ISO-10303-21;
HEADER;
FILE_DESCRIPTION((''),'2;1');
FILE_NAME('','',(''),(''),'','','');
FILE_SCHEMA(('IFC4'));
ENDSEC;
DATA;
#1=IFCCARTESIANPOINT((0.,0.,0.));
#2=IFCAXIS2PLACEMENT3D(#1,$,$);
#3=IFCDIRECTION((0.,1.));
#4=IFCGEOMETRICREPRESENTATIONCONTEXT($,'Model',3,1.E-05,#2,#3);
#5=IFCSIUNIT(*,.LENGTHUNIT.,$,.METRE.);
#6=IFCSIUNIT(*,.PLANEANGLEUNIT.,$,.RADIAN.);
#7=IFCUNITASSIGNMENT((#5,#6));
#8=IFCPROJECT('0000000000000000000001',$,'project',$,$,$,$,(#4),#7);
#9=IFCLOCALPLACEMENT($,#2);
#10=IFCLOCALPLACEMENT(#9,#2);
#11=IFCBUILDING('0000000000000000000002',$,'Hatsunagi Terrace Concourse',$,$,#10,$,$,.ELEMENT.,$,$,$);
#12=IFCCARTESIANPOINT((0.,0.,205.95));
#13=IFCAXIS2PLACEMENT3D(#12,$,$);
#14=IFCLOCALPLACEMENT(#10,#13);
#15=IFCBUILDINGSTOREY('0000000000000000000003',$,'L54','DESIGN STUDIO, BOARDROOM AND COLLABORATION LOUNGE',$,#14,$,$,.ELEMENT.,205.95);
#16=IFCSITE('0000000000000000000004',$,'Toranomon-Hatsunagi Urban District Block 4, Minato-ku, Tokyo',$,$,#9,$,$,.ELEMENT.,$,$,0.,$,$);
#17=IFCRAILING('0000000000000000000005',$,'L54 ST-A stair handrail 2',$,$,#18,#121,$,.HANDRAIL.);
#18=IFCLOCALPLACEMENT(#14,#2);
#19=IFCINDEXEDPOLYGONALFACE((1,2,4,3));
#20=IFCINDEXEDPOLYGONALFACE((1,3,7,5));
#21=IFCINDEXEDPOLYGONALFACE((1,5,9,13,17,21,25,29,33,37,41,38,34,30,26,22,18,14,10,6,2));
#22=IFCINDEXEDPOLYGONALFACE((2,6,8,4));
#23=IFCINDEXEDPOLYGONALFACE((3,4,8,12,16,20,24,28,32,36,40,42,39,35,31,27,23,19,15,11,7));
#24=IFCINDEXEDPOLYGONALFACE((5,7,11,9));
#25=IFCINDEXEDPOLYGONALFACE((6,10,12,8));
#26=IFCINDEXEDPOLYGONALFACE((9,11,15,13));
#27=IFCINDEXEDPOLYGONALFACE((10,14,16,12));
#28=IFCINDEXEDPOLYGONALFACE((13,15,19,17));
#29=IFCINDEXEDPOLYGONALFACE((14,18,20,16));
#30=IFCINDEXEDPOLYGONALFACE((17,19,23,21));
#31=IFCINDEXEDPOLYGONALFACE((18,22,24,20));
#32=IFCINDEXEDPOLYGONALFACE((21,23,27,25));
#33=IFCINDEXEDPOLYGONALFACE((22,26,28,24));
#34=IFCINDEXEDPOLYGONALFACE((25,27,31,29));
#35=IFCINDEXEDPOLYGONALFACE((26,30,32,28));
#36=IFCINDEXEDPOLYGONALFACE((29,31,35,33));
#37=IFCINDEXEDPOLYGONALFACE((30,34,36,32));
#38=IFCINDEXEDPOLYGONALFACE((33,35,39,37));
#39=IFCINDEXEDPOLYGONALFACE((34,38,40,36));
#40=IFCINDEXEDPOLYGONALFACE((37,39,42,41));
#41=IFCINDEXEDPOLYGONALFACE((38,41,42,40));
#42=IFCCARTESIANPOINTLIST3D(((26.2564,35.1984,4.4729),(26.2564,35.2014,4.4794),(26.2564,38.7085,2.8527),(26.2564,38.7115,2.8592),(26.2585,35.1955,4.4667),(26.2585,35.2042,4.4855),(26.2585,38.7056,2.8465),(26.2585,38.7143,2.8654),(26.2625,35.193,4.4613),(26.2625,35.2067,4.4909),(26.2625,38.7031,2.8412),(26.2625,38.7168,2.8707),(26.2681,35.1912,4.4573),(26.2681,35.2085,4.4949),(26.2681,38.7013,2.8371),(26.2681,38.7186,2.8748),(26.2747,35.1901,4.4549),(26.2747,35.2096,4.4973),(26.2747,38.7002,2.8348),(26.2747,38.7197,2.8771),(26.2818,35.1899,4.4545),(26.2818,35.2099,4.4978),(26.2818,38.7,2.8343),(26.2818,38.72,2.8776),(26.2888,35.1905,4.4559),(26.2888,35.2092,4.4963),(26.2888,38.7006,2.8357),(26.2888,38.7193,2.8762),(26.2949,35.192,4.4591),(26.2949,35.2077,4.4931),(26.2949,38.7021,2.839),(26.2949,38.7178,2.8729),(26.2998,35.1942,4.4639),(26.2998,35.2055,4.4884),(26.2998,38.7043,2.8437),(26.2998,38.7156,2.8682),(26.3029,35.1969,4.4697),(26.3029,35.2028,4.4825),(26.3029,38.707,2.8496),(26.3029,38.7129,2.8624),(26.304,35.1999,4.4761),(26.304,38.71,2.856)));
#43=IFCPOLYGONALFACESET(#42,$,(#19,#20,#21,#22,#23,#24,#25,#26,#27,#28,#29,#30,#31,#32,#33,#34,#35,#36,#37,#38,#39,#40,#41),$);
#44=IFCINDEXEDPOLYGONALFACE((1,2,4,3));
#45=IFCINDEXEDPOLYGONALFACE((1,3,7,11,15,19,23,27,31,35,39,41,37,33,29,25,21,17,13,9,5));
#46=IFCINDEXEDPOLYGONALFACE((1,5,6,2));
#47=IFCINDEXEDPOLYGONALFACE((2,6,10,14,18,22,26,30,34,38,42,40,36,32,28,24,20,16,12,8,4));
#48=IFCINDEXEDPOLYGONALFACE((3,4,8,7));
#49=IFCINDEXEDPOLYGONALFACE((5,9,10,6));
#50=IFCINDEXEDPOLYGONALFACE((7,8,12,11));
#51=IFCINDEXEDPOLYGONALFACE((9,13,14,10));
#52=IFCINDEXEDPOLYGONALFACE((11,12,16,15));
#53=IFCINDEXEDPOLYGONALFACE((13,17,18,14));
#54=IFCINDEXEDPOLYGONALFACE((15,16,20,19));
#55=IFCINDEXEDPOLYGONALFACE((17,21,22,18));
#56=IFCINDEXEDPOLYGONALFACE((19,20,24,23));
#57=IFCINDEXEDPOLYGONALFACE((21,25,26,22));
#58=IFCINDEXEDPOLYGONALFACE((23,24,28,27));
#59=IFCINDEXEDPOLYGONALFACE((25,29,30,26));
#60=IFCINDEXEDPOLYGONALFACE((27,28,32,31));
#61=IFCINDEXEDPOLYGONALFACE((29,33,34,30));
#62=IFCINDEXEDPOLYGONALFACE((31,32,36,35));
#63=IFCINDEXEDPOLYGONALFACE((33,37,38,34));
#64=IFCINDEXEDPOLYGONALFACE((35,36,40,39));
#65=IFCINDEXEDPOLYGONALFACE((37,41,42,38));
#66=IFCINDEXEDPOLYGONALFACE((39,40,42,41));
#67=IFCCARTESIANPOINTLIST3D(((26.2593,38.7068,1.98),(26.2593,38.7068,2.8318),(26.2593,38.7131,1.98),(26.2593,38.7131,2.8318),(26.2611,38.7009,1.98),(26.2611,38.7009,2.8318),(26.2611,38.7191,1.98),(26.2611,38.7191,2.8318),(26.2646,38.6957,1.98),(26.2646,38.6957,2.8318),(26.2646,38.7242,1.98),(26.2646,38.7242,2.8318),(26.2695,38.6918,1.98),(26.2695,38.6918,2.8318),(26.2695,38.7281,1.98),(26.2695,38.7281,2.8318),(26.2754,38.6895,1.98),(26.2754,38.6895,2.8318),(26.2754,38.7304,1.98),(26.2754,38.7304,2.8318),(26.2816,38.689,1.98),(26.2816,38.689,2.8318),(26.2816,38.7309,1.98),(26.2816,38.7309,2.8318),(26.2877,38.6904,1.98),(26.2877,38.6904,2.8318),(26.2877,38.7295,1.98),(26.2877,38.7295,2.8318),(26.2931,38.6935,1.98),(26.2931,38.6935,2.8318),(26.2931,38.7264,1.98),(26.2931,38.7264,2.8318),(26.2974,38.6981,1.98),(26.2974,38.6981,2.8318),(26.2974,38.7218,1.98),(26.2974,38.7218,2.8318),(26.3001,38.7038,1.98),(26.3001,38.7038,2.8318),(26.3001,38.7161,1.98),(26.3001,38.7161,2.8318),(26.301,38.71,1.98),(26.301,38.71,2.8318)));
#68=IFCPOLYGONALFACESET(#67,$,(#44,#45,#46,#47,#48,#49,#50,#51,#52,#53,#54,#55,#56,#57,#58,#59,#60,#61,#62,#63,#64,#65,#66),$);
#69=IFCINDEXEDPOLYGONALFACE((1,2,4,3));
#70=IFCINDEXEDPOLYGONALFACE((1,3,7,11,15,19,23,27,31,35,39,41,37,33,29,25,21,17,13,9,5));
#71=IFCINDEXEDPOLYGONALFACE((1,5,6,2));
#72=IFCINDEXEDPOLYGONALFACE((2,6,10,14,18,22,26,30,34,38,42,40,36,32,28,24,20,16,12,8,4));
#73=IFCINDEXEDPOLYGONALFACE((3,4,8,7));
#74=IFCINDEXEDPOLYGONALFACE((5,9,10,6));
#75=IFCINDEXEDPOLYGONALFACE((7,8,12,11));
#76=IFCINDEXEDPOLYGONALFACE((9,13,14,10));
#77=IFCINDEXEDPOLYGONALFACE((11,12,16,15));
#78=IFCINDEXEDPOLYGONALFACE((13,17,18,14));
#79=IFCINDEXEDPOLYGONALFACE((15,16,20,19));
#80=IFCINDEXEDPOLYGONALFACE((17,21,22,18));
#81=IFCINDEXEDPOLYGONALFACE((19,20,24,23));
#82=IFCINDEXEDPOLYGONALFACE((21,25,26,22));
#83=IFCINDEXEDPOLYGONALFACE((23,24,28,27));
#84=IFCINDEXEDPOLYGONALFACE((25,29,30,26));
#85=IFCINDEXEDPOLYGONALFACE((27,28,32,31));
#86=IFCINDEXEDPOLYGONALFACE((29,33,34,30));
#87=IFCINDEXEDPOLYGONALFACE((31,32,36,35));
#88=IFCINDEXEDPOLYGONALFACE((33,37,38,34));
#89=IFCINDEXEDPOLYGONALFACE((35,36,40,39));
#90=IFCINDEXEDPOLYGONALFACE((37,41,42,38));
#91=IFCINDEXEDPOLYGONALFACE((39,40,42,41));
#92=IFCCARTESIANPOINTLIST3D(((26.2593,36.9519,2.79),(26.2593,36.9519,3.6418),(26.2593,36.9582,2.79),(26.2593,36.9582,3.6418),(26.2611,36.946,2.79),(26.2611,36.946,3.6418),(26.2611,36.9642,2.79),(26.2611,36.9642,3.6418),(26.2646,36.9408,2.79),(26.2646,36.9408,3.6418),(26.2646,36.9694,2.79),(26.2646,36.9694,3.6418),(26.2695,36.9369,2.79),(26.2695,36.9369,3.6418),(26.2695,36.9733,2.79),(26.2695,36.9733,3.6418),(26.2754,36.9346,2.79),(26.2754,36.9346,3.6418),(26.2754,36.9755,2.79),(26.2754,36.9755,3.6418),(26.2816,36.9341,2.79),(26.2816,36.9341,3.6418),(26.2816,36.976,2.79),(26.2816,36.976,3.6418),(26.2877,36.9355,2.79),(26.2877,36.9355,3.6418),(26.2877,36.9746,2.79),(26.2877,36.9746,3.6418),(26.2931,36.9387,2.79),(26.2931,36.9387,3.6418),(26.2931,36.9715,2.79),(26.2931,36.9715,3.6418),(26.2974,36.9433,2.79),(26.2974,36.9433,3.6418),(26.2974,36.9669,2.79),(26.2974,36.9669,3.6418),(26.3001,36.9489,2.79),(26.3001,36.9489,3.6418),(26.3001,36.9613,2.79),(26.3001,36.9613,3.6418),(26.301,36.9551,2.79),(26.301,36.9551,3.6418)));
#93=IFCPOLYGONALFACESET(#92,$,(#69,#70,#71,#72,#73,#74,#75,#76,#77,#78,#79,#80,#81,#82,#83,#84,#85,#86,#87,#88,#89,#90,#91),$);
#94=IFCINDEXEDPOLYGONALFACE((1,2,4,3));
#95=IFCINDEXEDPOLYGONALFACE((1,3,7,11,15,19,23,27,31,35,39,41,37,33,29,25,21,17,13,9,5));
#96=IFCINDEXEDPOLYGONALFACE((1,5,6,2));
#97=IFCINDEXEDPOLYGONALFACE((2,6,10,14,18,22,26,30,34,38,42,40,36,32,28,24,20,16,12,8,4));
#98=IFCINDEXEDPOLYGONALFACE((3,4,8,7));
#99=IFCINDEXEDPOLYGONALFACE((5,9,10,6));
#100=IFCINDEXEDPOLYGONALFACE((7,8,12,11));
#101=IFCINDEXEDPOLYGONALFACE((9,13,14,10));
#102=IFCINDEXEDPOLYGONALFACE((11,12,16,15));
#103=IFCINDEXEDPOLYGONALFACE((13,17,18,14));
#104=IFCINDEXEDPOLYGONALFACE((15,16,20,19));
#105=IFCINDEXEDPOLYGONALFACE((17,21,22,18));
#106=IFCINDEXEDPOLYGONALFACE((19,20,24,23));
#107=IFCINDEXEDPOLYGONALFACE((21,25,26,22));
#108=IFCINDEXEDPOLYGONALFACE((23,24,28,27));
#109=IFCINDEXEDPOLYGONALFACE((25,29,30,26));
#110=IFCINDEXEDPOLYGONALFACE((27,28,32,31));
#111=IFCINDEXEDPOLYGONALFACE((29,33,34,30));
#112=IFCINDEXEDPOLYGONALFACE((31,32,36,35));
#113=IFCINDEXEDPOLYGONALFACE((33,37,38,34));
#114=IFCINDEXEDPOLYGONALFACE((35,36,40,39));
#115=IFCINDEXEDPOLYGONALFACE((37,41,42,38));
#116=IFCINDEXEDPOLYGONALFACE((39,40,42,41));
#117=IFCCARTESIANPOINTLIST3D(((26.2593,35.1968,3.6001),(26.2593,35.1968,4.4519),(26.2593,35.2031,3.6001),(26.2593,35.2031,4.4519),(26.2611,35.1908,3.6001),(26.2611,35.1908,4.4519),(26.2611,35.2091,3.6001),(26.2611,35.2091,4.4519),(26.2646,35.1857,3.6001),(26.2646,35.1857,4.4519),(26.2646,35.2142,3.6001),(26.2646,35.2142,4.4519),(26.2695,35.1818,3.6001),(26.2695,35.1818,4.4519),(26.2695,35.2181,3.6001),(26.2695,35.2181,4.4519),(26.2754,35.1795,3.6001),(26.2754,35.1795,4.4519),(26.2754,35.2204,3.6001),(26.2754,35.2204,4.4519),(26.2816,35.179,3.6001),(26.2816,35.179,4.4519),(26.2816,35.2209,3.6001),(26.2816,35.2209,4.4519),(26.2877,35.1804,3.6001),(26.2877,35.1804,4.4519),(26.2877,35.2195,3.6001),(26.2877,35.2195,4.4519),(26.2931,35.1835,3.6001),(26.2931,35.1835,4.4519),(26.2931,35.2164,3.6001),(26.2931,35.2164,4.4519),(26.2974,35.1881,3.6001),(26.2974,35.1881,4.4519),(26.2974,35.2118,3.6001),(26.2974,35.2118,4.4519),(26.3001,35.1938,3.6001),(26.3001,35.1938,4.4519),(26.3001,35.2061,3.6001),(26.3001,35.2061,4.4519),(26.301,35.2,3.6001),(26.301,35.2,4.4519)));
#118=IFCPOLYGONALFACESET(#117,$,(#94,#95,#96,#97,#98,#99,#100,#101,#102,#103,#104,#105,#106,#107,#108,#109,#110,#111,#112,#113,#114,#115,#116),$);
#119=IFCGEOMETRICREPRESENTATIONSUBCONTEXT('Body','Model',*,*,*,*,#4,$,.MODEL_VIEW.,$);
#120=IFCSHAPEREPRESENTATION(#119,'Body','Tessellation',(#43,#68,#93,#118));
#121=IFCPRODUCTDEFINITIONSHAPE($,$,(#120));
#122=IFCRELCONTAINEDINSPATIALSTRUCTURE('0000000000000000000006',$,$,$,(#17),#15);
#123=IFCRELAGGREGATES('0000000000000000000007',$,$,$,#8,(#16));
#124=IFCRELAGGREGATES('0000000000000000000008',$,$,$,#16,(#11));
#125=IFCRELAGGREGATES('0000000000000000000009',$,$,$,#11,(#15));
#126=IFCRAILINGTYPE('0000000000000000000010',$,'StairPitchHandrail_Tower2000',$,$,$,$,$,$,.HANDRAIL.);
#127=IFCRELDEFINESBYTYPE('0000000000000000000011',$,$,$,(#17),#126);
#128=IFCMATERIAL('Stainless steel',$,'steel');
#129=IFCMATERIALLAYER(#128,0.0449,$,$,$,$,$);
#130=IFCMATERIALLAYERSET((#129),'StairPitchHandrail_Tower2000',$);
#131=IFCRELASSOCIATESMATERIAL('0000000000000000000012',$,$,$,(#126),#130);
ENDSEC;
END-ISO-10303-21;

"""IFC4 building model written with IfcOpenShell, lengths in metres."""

from ifc_helpers import new_model, si_unit, direction, frame, origin, origin_2d, place, context, subcontext, project, spatial, circle, extrude, material, layer, layer_set, type_object, element, save


model = new_model("IFC4")

# Units and contexts
model_context = context("Model", 3, precision=1e-05, world=origin(), true_north=direction((0.0, 1.0)))
body_context = subcontext(model_context, "Body", "Model", "MODEL_VIEW")
ifc_project = project(units=[si_unit("LENGTHUNIT", "METRE"), si_unit("PLANEANGLEUNIT", "RADIAN")], contexts=[model_context])

# Site, building, storey
site_placement = place(None, origin())
site = spatial("IfcSite", under=ifc_project, at=site_placement, Name="Toranomon-Hatsunagi Urban District Block 4, Minato-ku, Tokyo", CompositionType="ELEMENT", RefElevation=0.0)
building_placement = place(site_placement, origin())
building = spatial("IfcBuilding", under=site, at=building_placement, Name="Hatsunagi Terrace Concourse", CompositionType="ELEMENT")
storey_placement = place(building_placement, frame((0.0, 0.0, 205.95)))
storey = spatial("IfcBuildingStorey", under=building, at=storey_placement, Name="L54", Description="DESIGN STUDIO, BOARDROOM AND COLLABORATION LOUNGE", CompositionType="ELEMENT", Elevation=205.95)

# Railing
ifc_material_1 = material(Name="Stainless steel", Category="steel")
ifc_layer_1 = layer(ifc_material_1, 0.0449)
ifc_layer_set_1 = layer_set([ifc_layer_1], Name="StairPitchHandrail_Tower2000")
railing_type_1 = type_object("IfcRailingType", Name="StairPitchHandrail_Tower2000", PredefinedType="HANDRAIL", material=ifc_layer_set_1)
railing_1_placement = place(storey_placement, frame((26.28, 38.71, 1.98)))
element("IfcRailing", 1, at=railing_1_placement, inside=storey, type_object=railing_type_1, Name="L54 ST-A stair handrail 2", PredefinedType="HANDRAIL", context=body_context, shape_type="SweptSolid", body=[
    extrude(circle(Radius=0.0239, at=origin_2d()), frame((0.0, 0.0, 0.876), z_axis=(0.0, -0.907948, 0.419082), x_axis=(1.0, 0.0, 0.0)), (0.0, 0.0, 1.0), 3.866),
    extrude(circle(Radius=0.021, at=origin_2d()), origin(), (0.0, 0.0, 1.0), 0.8518),
    extrude(circle(Radius=0.021, at=origin_2d()), frame((0.0, -1.7549, 0.8101)), (0.0, 0.0, 1.0), 0.8518),
    extrude(circle(Radius=0.021, at=origin_2d()), frame((0.0, -3.51, 1.6201)), (0.0, 0.0, 1.0), 0.8518),
])

save(model, "model.ifc")
